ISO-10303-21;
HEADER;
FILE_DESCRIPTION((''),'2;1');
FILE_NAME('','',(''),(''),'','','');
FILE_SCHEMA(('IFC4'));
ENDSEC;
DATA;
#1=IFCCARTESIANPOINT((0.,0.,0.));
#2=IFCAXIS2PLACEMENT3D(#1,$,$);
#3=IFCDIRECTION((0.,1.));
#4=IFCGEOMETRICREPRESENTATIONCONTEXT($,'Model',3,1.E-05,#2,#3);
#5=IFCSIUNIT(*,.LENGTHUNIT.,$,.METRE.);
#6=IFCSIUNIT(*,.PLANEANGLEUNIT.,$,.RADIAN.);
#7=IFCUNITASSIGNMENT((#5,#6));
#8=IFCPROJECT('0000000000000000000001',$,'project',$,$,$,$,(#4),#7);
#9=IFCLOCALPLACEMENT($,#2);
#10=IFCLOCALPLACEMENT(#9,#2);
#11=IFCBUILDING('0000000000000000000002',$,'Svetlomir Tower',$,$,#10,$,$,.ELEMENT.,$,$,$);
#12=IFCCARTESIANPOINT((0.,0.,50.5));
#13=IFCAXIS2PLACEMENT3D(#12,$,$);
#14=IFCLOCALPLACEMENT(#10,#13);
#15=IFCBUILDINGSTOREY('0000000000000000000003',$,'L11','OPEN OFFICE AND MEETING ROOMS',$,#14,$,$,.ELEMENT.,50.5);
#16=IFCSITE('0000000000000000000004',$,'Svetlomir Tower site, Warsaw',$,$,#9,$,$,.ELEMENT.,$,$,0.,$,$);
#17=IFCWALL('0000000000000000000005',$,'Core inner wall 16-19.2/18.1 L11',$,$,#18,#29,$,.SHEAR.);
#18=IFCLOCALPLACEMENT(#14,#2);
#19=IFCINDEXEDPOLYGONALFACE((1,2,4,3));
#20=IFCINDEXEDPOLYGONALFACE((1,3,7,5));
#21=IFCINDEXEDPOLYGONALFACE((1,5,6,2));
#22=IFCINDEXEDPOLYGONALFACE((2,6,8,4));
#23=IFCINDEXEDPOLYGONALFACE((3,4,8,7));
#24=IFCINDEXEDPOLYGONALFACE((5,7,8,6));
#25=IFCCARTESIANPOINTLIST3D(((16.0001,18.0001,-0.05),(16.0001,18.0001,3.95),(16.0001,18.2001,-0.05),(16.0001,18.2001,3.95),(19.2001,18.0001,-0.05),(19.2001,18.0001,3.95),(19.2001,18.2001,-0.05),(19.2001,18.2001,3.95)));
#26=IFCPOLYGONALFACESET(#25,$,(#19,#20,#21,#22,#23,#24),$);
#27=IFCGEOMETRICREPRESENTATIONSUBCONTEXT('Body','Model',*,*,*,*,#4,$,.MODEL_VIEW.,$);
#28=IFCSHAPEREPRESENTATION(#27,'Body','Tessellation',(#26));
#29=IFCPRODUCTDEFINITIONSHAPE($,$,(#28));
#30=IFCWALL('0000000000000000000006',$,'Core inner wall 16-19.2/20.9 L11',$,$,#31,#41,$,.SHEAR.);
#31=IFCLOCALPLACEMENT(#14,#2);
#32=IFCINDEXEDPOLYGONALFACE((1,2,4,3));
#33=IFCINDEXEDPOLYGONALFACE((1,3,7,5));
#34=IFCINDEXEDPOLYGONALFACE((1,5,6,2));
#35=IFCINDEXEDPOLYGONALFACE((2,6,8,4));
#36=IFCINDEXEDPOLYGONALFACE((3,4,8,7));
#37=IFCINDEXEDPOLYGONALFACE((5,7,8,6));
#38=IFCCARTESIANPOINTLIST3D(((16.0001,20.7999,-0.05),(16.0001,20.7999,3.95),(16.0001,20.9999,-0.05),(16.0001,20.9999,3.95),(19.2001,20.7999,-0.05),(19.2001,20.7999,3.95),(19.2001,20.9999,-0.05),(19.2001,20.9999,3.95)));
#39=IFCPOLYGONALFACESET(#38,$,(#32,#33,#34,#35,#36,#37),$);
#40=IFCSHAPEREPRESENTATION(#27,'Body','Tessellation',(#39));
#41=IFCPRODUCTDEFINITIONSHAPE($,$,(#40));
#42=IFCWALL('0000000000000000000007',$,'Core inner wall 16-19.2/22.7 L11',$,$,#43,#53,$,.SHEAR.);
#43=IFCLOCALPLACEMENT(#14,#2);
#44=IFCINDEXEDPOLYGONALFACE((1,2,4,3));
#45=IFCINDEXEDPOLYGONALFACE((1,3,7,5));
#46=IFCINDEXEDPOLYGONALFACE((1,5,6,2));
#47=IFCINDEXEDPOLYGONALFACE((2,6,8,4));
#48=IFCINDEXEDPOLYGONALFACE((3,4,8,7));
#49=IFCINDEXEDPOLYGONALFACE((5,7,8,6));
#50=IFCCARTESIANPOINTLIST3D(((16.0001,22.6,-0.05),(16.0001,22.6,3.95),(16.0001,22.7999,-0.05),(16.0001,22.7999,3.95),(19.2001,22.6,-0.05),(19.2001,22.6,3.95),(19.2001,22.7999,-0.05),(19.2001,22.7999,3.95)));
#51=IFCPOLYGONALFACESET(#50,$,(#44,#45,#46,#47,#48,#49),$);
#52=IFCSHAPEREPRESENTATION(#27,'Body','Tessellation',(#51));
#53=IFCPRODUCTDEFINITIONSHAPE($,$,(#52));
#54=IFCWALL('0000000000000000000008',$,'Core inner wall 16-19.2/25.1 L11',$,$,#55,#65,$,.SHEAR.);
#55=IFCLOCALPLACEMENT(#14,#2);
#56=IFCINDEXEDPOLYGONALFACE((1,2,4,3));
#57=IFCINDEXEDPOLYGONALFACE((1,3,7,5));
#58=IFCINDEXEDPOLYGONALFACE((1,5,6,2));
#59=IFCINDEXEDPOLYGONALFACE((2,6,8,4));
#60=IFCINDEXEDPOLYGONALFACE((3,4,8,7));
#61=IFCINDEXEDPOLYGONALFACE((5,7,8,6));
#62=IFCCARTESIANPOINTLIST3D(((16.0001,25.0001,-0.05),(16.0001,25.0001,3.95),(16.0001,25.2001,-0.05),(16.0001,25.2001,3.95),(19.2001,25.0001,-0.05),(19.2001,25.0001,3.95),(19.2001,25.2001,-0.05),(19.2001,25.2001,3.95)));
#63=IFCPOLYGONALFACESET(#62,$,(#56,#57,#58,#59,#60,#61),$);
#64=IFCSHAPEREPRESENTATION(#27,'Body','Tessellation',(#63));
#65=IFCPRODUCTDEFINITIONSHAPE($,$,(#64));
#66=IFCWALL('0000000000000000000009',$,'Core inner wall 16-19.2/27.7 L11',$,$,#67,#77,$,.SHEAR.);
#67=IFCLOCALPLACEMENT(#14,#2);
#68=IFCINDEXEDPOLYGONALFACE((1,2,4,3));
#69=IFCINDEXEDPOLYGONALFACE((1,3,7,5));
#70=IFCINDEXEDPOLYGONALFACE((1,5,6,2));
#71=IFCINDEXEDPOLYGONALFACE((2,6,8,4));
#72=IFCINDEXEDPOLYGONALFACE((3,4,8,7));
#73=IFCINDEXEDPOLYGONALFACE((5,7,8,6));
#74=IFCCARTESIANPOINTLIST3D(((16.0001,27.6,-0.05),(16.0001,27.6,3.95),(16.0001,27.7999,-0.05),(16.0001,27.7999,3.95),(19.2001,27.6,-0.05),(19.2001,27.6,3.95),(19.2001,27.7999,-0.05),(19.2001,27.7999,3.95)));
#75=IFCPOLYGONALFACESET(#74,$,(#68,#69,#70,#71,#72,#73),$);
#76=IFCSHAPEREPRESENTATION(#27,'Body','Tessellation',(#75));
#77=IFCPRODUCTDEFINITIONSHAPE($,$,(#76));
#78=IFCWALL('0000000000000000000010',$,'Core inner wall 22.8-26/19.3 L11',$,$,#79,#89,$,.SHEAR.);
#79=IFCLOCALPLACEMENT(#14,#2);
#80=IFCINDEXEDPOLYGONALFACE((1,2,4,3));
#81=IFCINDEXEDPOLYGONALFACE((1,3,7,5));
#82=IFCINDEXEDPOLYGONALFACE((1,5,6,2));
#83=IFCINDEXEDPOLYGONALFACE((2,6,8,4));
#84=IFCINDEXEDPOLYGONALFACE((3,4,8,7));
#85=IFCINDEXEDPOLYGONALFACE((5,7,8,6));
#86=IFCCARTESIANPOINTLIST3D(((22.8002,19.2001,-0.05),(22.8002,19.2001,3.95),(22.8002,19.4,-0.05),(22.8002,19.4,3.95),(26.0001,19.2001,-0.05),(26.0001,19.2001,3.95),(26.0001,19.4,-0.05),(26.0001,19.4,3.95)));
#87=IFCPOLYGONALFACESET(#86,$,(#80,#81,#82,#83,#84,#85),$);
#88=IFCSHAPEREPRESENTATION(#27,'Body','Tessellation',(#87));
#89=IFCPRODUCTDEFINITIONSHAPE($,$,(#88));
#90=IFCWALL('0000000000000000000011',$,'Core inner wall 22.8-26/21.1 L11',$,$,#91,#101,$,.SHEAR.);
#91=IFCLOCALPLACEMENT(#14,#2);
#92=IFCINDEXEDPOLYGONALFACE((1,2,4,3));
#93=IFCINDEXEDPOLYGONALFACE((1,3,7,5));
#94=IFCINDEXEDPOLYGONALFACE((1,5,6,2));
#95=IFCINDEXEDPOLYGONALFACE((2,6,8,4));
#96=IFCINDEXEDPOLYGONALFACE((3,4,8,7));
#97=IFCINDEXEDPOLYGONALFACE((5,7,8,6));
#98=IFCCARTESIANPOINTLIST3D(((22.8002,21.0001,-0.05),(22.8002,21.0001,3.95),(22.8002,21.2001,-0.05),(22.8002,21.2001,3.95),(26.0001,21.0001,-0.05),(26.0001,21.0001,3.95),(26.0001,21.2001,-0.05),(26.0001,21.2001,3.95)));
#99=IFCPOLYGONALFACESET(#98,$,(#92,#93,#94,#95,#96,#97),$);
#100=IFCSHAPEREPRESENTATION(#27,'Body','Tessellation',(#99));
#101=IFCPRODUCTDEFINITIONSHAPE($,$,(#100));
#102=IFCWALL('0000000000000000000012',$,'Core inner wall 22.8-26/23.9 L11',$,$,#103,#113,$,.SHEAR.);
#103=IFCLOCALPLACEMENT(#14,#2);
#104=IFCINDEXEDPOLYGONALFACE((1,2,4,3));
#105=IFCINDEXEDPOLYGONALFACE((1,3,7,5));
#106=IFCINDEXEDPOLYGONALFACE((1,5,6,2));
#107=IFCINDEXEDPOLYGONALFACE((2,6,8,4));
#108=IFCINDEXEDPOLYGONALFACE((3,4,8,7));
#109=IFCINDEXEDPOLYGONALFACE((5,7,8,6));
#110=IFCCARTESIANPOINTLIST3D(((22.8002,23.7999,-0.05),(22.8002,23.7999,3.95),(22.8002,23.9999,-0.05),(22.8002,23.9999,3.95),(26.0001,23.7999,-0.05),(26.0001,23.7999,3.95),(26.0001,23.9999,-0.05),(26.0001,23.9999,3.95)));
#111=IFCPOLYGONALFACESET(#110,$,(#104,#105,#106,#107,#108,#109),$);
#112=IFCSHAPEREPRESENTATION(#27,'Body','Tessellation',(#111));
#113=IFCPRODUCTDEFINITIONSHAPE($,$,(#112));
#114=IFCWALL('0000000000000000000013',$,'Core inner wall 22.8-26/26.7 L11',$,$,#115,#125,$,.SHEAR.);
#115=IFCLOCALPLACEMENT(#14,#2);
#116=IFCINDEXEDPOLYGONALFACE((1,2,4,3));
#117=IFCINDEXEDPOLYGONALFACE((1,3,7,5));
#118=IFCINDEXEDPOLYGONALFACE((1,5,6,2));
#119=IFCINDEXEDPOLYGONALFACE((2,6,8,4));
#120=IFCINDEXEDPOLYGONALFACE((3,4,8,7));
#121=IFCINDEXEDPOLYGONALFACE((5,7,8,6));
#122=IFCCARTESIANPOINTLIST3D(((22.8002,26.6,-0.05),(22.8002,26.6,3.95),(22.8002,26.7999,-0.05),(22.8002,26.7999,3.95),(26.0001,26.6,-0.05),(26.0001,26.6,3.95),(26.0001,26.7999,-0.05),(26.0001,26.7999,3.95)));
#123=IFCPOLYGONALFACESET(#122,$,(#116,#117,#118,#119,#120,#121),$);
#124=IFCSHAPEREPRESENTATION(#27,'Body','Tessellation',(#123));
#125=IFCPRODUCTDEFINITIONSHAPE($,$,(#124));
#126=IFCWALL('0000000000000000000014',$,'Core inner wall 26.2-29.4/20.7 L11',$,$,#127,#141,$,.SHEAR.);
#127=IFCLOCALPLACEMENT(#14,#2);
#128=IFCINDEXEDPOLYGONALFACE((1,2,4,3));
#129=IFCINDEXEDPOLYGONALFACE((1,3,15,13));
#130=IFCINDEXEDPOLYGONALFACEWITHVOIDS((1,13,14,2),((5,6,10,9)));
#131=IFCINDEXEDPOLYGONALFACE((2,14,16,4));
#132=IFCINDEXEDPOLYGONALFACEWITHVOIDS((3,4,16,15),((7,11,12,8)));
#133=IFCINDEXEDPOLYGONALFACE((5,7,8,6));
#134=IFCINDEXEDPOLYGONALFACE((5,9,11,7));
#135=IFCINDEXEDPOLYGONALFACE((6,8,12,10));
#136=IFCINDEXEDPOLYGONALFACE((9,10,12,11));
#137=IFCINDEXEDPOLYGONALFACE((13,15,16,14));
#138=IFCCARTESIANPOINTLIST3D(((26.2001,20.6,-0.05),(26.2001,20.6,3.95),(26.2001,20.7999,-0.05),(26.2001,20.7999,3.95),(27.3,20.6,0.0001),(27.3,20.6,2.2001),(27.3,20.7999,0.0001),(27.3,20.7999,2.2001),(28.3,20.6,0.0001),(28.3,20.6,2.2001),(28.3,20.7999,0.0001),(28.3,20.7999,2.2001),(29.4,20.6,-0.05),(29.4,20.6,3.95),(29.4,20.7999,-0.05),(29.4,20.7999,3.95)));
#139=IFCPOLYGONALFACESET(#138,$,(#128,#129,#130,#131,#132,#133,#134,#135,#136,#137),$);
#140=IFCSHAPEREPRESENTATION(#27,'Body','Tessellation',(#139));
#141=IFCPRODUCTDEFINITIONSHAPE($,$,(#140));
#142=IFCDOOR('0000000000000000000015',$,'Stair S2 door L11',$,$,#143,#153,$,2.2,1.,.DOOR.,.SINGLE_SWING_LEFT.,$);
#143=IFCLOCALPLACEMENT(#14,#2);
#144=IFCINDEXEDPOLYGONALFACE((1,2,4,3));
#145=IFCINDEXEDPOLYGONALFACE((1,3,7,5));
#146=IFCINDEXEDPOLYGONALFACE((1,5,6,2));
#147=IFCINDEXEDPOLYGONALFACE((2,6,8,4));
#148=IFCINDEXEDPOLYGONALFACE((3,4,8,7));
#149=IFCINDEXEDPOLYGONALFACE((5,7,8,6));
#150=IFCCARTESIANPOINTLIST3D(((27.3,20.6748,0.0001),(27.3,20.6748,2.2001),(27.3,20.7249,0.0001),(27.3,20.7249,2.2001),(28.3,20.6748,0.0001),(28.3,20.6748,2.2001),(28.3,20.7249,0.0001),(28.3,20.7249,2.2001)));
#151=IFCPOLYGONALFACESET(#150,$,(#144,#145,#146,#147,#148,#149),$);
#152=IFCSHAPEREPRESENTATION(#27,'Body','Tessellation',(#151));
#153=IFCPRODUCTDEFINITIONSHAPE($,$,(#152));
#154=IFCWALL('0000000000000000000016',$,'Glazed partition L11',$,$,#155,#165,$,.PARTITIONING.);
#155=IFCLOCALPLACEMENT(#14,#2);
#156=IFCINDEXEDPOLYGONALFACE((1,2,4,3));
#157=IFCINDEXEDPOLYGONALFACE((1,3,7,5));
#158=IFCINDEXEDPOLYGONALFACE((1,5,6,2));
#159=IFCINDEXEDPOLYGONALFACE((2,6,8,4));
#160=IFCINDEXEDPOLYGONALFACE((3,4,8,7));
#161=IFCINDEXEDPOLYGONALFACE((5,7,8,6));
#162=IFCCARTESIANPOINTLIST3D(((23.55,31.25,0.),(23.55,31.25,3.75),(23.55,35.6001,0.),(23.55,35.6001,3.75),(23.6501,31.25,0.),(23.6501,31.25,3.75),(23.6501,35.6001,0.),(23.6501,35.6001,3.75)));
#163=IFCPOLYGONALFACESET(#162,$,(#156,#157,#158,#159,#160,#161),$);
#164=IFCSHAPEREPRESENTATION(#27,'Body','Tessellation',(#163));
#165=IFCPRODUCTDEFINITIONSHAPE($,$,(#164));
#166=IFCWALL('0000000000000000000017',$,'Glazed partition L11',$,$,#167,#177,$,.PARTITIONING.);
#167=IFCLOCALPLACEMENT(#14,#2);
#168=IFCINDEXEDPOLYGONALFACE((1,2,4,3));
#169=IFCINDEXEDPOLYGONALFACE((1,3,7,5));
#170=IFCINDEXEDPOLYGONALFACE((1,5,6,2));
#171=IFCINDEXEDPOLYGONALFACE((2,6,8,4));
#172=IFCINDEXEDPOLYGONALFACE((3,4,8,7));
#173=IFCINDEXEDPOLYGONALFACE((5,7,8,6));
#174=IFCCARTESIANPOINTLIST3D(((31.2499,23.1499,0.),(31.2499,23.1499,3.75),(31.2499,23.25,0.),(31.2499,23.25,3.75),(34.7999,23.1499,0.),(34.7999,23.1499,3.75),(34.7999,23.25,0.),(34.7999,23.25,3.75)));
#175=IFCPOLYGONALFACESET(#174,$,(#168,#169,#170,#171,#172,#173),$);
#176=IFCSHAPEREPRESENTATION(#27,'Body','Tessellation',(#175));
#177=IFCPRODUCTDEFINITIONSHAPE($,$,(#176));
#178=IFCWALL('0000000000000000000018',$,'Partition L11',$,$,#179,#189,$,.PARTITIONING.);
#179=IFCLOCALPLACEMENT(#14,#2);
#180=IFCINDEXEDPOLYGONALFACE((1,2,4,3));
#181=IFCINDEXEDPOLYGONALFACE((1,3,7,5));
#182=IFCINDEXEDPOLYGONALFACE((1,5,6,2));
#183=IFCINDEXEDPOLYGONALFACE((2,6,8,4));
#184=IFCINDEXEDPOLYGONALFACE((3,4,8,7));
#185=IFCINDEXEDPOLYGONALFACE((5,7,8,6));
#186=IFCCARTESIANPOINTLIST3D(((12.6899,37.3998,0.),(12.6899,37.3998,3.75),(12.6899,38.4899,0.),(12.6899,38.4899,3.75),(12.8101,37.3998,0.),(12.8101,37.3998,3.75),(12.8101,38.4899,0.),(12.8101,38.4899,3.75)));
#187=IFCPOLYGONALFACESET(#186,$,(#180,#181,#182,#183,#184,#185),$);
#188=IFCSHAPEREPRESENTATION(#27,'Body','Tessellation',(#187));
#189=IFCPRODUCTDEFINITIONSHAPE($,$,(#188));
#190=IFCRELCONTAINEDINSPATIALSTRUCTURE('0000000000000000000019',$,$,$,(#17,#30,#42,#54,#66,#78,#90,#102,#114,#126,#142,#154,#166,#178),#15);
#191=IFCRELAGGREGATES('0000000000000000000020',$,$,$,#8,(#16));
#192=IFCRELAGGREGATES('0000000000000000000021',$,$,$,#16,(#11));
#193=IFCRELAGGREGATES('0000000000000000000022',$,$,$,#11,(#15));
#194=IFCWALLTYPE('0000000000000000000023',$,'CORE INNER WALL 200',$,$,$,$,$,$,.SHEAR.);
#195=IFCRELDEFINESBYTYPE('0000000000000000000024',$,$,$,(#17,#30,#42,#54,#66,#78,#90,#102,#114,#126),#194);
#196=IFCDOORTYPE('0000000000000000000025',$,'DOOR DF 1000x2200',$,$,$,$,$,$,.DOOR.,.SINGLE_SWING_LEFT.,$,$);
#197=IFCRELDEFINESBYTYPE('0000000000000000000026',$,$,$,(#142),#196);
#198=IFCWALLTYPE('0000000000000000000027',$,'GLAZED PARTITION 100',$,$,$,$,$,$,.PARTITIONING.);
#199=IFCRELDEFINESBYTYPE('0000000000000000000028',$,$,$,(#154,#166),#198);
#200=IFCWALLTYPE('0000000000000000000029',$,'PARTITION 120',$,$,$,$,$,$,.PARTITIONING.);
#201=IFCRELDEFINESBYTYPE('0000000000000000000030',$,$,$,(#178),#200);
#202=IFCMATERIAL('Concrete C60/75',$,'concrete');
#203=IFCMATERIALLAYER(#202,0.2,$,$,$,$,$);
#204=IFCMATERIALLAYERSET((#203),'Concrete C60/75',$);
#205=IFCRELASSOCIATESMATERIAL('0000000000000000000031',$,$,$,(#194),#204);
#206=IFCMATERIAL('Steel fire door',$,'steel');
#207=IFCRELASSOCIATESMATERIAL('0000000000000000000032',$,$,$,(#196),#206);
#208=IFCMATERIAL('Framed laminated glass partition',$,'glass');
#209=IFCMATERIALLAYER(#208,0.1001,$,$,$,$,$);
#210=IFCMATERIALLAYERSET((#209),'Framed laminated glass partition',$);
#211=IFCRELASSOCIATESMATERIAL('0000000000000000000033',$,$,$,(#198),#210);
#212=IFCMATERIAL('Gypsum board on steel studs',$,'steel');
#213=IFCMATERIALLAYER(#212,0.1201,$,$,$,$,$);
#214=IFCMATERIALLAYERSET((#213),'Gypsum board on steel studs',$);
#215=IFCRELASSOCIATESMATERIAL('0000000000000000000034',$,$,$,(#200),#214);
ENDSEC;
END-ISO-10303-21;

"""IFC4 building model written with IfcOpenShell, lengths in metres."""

from ifc_helpers import new_model, si_unit, direction, frame, frame_2d, origin, place, context, subcontext, project, spatial, rectangle, extrude, material, layer, layer_set, type_object, element, fill, save


model = new_model("IFC4")

# Units and contexts
model_context = context("Model", 3, precision=1e-05, world=origin(), true_north=direction((0.0, 1.0)))
body_context = subcontext(model_context, "Body", "Model", "MODEL_VIEW")
ifc_project = project(units=[si_unit("LENGTHUNIT", "METRE"), si_unit("PLANEANGLEUNIT", "RADIAN")], contexts=[model_context])

# Site, building, storey
site_placement = place(None, origin())
site = spatial("IfcSite", under=ifc_project, at=site_placement, Name="Svetlomir Tower site, Warsaw", CompositionType="ELEMENT", RefElevation=0.0)
building_placement = place(site_placement, origin())
building = spatial("IfcBuilding", under=site, at=building_placement, Name="Svetlomir Tower", CompositionType="ELEMENT")
storey_placement = place(building_placement, frame((0.0, 0.0, 50.5)))
storey = spatial("IfcBuildingStorey", under=building, at=storey_placement, Name="L11", Description="OPEN OFFICE AND MEETING ROOMS", CompositionType="ELEMENT", Elevation=50.5)

# Walls
ifc_material_1 = material(Name="Concrete C60/75", Category="concrete")
ifc_layer_1 = layer(ifc_material_1, 0.2)
ifc_layer_set_1 = layer_set([ifc_layer_1], Name="Concrete C60/75")
wall_type_1 = type_object("IfcWallType", Name="CORE INNER WALL 200", PredefinedType="SHEAR", material=ifc_layer_set_1)
for number, where, z_axis, x_axis, name in (
    (1, (16.0, 18.1001, -0.05), (0.0, 0.0, 1.0), (1.0, 0.0, 0.0), "Core inner wall 16-19.2/18.1 L11"),
    (2, (16.0, 20.8999, -0.05), (0.0, 0.0, 1.0), (1.0, 0.0, 0.0), "Core inner wall 16-19.2/20.9 L11"),
    (3, (16.0, 22.7, -0.05), (0.0, 0.0, 1.0), (1.0, 0.0, 0.0), "Core inner wall 16-19.2/22.7 L11"),
    (4, (16.0, 25.1001, -0.05), (0.0, 0.0, 1.0), (1.0, 0.0, 0.0), "Core inner wall 16-19.2/25.1 L11"),
    (5, (16.0, 27.7, -0.05), (0.0, 0.0, 1.0), (1.0, 0.0, 0.0), "Core inner wall 16-19.2/27.7 L11"),
    (6, (22.8, 19.3, -0.05), (0.0, 0.0, 1.0), (1.0, 0.0, 0.0), "Core inner wall 22.8-26/19.3 L11"),
    (7, (22.8, 21.1001, -0.05), (0.0, 0.0, 1.0), (1.0, 0.0, 0.0), "Core inner wall 22.8-26/21.1 L11"),
    (8, (22.8, 23.8999, -0.05), (0.0, 0.0, 1.0), (1.0, 0.0, 0.0), "Core inner wall 22.8-26/23.9 L11"),
    (9, (22.8, 26.7, -0.05), (0.0, 0.0, 1.0), (1.0, 0.0, 0.0), "Core inner wall 22.8-26/26.7 L11"),
):
    element("IfcWall", number, at=place(storey_placement, frame(where, z_axis=z_axis, x_axis=x_axis)), inside=storey, type_object=wall_type_1, Name=name, PredefinedType="SHEAR", context=body_context, shape_type="SweptSolid", body=[
        extrude(rectangle(XDim=3.2, YDim=0.2, at=frame_2d((1.6001, 0.0))), origin(), (0.0, 0.0, 1.0), 4.0),
    ])

# Wall, opening, door
wall_1_placement = place(storey_placement, frame((26.2, 20.7, -0.05), z_axis=(0.0, 0.0, 1.0), x_axis=(1.0, 0.0, 0.0)))
wall_1 = element("IfcWall", 10, at=wall_1_placement, inside=storey, type_object=wall_type_1, Name="Core inner wall 26.2-29.4/20.7 L11", PredefinedType="SHEAR", context=body_context, shape_type="SweptSolid", body=[
    extrude(rectangle(XDim=3.2, YDim=0.2, at=frame_2d((1.6001, 0.0))), origin(), (0.0, 0.0, 1.0), 4.0),
])
opening_1_placement = place(wall_1_placement, frame((1.1001, 0.0, 0.05)))
opening_1 = element("IfcOpeningElement", 11, at=opening_1_placement, cuts=wall_1, PredefinedType="OPENING", context=body_context, shape_type="SweptSolid", body=[
    extrude(rectangle(XDim=1.0, YDim=2.2, at=frame_2d((0.5, 1.1001))), frame((0.0, 0.1099, 0.0), z_axis=(0.0, -1.0, 0.0), x_axis=(1.0, 0.0, 0.0)), (0.0, 0.0, 1.0), 0.22),
])
ifc_material_2 = material(Name="Steel fire door", Category="steel")
door_type_1 = type_object("IfcDoorType", Name="DOOR DF 1000x2200", OperationType="SINGLE_SWING_LEFT", PredefinedType="DOOR", material=ifc_material_2)
door_1_placement = place(opening_1_placement, origin())
door_1 = element("IfcDoor", 12, at=door_1_placement, inside=storey, type_object=door_type_1, Name="Stair S2 door L11", OperationType="SINGLE_SWING_LEFT", OverallHeight=2.2, OverallWidth=1.0, PredefinedType="DOOR", context=body_context, shape_type="SweptSolid", body=[
    extrude(rectangle(XDim=1.0, YDim=2.2, at=frame_2d((0.5, 1.1001))), frame((0.0, 0.0249, 0.0), z_axis=(0.0, -1.0, 0.0), x_axis=(1.0, 0.0, 0.0)), (0.0, 0.0, 1.0), 0.05),
])
fill(opening_1, door_1)

# Walls
ifc_material_3 = material(Name="Framed laminated glass partition", Category="glass")
ifc_layer_2 = layer(ifc_material_3, 0.1001)
ifc_layer_set_2 = layer_set([ifc_layer_2], Name="Framed laminated glass partition")
wall_type_2 = type_object("IfcWallType", Name="GLAZED PARTITION 100", PredefinedType="PARTITIONING", material=ifc_layer_set_2)
wall_2_placement = place(storey_placement, frame((23.6001, 31.25, 0.0), z_axis=(0.0, 0.0, 1.0), x_axis=(0.0, 1.0, 0.0)))
element("IfcWall", 13, at=wall_2_placement, inside=storey, type_object=wall_type_2, Name="Glazed partition L11", PredefinedType="PARTITIONING", context=body_context, shape_type="SweptSolid", body=[
    extrude(rectangle(XDim=4.3501, YDim=0.1001, at=frame_2d((2.175, 0.0))), origin(), (0.0, 0.0, 1.0), 3.75),
])
wall_3_placement = place(storey_placement, frame((31.25, 23.2, 0.0), z_axis=(0.0, 0.0, 1.0), x_axis=(1.0, 0.0, 0.0)))
element("IfcWall", 14, at=wall_3_placement, inside=storey, type_object=wall_type_2, Name="Glazed partition L11", PredefinedType="PARTITIONING", context=body_context, shape_type="SweptSolid", body=[
    extrude(rectangle(XDim=3.55, YDim=0.1001, at=frame_2d((1.7749, 0.0))), origin(), (0.0, 0.0, 1.0), 3.75),
])
ifc_material_4 = material(Name="Gypsum board on steel studs", Category="steel")
ifc_layer_3 = layer(ifc_material_4, 0.1201)
ifc_layer_set_3 = layer_set([ifc_layer_3], Name="Gypsum board on steel studs")
wall_type_3 = type_object("IfcWallType", Name="PARTITION 120", PredefinedType="PARTITIONING", material=ifc_layer_set_3)
wall_4_placement = place(storey_placement, frame((12.75, 37.3999, 0.0), z_axis=(0.0, 0.0, 1.0), x_axis=(0.0, 1.0, 0.0)))
element("IfcWall", 15, at=wall_4_placement, inside=storey, type_object=wall_type_3, Name="Partition L11", PredefinedType="PARTITIONING", context=body_context, shape_type="SweptSolid", body=[
    extrude(rectangle(XDim=1.0901, YDim=0.1201, at=frame_2d((0.5449, 0.0))), origin(), (0.0, 0.0, 1.0), 3.75),
])

save(model, "model.ifc")
